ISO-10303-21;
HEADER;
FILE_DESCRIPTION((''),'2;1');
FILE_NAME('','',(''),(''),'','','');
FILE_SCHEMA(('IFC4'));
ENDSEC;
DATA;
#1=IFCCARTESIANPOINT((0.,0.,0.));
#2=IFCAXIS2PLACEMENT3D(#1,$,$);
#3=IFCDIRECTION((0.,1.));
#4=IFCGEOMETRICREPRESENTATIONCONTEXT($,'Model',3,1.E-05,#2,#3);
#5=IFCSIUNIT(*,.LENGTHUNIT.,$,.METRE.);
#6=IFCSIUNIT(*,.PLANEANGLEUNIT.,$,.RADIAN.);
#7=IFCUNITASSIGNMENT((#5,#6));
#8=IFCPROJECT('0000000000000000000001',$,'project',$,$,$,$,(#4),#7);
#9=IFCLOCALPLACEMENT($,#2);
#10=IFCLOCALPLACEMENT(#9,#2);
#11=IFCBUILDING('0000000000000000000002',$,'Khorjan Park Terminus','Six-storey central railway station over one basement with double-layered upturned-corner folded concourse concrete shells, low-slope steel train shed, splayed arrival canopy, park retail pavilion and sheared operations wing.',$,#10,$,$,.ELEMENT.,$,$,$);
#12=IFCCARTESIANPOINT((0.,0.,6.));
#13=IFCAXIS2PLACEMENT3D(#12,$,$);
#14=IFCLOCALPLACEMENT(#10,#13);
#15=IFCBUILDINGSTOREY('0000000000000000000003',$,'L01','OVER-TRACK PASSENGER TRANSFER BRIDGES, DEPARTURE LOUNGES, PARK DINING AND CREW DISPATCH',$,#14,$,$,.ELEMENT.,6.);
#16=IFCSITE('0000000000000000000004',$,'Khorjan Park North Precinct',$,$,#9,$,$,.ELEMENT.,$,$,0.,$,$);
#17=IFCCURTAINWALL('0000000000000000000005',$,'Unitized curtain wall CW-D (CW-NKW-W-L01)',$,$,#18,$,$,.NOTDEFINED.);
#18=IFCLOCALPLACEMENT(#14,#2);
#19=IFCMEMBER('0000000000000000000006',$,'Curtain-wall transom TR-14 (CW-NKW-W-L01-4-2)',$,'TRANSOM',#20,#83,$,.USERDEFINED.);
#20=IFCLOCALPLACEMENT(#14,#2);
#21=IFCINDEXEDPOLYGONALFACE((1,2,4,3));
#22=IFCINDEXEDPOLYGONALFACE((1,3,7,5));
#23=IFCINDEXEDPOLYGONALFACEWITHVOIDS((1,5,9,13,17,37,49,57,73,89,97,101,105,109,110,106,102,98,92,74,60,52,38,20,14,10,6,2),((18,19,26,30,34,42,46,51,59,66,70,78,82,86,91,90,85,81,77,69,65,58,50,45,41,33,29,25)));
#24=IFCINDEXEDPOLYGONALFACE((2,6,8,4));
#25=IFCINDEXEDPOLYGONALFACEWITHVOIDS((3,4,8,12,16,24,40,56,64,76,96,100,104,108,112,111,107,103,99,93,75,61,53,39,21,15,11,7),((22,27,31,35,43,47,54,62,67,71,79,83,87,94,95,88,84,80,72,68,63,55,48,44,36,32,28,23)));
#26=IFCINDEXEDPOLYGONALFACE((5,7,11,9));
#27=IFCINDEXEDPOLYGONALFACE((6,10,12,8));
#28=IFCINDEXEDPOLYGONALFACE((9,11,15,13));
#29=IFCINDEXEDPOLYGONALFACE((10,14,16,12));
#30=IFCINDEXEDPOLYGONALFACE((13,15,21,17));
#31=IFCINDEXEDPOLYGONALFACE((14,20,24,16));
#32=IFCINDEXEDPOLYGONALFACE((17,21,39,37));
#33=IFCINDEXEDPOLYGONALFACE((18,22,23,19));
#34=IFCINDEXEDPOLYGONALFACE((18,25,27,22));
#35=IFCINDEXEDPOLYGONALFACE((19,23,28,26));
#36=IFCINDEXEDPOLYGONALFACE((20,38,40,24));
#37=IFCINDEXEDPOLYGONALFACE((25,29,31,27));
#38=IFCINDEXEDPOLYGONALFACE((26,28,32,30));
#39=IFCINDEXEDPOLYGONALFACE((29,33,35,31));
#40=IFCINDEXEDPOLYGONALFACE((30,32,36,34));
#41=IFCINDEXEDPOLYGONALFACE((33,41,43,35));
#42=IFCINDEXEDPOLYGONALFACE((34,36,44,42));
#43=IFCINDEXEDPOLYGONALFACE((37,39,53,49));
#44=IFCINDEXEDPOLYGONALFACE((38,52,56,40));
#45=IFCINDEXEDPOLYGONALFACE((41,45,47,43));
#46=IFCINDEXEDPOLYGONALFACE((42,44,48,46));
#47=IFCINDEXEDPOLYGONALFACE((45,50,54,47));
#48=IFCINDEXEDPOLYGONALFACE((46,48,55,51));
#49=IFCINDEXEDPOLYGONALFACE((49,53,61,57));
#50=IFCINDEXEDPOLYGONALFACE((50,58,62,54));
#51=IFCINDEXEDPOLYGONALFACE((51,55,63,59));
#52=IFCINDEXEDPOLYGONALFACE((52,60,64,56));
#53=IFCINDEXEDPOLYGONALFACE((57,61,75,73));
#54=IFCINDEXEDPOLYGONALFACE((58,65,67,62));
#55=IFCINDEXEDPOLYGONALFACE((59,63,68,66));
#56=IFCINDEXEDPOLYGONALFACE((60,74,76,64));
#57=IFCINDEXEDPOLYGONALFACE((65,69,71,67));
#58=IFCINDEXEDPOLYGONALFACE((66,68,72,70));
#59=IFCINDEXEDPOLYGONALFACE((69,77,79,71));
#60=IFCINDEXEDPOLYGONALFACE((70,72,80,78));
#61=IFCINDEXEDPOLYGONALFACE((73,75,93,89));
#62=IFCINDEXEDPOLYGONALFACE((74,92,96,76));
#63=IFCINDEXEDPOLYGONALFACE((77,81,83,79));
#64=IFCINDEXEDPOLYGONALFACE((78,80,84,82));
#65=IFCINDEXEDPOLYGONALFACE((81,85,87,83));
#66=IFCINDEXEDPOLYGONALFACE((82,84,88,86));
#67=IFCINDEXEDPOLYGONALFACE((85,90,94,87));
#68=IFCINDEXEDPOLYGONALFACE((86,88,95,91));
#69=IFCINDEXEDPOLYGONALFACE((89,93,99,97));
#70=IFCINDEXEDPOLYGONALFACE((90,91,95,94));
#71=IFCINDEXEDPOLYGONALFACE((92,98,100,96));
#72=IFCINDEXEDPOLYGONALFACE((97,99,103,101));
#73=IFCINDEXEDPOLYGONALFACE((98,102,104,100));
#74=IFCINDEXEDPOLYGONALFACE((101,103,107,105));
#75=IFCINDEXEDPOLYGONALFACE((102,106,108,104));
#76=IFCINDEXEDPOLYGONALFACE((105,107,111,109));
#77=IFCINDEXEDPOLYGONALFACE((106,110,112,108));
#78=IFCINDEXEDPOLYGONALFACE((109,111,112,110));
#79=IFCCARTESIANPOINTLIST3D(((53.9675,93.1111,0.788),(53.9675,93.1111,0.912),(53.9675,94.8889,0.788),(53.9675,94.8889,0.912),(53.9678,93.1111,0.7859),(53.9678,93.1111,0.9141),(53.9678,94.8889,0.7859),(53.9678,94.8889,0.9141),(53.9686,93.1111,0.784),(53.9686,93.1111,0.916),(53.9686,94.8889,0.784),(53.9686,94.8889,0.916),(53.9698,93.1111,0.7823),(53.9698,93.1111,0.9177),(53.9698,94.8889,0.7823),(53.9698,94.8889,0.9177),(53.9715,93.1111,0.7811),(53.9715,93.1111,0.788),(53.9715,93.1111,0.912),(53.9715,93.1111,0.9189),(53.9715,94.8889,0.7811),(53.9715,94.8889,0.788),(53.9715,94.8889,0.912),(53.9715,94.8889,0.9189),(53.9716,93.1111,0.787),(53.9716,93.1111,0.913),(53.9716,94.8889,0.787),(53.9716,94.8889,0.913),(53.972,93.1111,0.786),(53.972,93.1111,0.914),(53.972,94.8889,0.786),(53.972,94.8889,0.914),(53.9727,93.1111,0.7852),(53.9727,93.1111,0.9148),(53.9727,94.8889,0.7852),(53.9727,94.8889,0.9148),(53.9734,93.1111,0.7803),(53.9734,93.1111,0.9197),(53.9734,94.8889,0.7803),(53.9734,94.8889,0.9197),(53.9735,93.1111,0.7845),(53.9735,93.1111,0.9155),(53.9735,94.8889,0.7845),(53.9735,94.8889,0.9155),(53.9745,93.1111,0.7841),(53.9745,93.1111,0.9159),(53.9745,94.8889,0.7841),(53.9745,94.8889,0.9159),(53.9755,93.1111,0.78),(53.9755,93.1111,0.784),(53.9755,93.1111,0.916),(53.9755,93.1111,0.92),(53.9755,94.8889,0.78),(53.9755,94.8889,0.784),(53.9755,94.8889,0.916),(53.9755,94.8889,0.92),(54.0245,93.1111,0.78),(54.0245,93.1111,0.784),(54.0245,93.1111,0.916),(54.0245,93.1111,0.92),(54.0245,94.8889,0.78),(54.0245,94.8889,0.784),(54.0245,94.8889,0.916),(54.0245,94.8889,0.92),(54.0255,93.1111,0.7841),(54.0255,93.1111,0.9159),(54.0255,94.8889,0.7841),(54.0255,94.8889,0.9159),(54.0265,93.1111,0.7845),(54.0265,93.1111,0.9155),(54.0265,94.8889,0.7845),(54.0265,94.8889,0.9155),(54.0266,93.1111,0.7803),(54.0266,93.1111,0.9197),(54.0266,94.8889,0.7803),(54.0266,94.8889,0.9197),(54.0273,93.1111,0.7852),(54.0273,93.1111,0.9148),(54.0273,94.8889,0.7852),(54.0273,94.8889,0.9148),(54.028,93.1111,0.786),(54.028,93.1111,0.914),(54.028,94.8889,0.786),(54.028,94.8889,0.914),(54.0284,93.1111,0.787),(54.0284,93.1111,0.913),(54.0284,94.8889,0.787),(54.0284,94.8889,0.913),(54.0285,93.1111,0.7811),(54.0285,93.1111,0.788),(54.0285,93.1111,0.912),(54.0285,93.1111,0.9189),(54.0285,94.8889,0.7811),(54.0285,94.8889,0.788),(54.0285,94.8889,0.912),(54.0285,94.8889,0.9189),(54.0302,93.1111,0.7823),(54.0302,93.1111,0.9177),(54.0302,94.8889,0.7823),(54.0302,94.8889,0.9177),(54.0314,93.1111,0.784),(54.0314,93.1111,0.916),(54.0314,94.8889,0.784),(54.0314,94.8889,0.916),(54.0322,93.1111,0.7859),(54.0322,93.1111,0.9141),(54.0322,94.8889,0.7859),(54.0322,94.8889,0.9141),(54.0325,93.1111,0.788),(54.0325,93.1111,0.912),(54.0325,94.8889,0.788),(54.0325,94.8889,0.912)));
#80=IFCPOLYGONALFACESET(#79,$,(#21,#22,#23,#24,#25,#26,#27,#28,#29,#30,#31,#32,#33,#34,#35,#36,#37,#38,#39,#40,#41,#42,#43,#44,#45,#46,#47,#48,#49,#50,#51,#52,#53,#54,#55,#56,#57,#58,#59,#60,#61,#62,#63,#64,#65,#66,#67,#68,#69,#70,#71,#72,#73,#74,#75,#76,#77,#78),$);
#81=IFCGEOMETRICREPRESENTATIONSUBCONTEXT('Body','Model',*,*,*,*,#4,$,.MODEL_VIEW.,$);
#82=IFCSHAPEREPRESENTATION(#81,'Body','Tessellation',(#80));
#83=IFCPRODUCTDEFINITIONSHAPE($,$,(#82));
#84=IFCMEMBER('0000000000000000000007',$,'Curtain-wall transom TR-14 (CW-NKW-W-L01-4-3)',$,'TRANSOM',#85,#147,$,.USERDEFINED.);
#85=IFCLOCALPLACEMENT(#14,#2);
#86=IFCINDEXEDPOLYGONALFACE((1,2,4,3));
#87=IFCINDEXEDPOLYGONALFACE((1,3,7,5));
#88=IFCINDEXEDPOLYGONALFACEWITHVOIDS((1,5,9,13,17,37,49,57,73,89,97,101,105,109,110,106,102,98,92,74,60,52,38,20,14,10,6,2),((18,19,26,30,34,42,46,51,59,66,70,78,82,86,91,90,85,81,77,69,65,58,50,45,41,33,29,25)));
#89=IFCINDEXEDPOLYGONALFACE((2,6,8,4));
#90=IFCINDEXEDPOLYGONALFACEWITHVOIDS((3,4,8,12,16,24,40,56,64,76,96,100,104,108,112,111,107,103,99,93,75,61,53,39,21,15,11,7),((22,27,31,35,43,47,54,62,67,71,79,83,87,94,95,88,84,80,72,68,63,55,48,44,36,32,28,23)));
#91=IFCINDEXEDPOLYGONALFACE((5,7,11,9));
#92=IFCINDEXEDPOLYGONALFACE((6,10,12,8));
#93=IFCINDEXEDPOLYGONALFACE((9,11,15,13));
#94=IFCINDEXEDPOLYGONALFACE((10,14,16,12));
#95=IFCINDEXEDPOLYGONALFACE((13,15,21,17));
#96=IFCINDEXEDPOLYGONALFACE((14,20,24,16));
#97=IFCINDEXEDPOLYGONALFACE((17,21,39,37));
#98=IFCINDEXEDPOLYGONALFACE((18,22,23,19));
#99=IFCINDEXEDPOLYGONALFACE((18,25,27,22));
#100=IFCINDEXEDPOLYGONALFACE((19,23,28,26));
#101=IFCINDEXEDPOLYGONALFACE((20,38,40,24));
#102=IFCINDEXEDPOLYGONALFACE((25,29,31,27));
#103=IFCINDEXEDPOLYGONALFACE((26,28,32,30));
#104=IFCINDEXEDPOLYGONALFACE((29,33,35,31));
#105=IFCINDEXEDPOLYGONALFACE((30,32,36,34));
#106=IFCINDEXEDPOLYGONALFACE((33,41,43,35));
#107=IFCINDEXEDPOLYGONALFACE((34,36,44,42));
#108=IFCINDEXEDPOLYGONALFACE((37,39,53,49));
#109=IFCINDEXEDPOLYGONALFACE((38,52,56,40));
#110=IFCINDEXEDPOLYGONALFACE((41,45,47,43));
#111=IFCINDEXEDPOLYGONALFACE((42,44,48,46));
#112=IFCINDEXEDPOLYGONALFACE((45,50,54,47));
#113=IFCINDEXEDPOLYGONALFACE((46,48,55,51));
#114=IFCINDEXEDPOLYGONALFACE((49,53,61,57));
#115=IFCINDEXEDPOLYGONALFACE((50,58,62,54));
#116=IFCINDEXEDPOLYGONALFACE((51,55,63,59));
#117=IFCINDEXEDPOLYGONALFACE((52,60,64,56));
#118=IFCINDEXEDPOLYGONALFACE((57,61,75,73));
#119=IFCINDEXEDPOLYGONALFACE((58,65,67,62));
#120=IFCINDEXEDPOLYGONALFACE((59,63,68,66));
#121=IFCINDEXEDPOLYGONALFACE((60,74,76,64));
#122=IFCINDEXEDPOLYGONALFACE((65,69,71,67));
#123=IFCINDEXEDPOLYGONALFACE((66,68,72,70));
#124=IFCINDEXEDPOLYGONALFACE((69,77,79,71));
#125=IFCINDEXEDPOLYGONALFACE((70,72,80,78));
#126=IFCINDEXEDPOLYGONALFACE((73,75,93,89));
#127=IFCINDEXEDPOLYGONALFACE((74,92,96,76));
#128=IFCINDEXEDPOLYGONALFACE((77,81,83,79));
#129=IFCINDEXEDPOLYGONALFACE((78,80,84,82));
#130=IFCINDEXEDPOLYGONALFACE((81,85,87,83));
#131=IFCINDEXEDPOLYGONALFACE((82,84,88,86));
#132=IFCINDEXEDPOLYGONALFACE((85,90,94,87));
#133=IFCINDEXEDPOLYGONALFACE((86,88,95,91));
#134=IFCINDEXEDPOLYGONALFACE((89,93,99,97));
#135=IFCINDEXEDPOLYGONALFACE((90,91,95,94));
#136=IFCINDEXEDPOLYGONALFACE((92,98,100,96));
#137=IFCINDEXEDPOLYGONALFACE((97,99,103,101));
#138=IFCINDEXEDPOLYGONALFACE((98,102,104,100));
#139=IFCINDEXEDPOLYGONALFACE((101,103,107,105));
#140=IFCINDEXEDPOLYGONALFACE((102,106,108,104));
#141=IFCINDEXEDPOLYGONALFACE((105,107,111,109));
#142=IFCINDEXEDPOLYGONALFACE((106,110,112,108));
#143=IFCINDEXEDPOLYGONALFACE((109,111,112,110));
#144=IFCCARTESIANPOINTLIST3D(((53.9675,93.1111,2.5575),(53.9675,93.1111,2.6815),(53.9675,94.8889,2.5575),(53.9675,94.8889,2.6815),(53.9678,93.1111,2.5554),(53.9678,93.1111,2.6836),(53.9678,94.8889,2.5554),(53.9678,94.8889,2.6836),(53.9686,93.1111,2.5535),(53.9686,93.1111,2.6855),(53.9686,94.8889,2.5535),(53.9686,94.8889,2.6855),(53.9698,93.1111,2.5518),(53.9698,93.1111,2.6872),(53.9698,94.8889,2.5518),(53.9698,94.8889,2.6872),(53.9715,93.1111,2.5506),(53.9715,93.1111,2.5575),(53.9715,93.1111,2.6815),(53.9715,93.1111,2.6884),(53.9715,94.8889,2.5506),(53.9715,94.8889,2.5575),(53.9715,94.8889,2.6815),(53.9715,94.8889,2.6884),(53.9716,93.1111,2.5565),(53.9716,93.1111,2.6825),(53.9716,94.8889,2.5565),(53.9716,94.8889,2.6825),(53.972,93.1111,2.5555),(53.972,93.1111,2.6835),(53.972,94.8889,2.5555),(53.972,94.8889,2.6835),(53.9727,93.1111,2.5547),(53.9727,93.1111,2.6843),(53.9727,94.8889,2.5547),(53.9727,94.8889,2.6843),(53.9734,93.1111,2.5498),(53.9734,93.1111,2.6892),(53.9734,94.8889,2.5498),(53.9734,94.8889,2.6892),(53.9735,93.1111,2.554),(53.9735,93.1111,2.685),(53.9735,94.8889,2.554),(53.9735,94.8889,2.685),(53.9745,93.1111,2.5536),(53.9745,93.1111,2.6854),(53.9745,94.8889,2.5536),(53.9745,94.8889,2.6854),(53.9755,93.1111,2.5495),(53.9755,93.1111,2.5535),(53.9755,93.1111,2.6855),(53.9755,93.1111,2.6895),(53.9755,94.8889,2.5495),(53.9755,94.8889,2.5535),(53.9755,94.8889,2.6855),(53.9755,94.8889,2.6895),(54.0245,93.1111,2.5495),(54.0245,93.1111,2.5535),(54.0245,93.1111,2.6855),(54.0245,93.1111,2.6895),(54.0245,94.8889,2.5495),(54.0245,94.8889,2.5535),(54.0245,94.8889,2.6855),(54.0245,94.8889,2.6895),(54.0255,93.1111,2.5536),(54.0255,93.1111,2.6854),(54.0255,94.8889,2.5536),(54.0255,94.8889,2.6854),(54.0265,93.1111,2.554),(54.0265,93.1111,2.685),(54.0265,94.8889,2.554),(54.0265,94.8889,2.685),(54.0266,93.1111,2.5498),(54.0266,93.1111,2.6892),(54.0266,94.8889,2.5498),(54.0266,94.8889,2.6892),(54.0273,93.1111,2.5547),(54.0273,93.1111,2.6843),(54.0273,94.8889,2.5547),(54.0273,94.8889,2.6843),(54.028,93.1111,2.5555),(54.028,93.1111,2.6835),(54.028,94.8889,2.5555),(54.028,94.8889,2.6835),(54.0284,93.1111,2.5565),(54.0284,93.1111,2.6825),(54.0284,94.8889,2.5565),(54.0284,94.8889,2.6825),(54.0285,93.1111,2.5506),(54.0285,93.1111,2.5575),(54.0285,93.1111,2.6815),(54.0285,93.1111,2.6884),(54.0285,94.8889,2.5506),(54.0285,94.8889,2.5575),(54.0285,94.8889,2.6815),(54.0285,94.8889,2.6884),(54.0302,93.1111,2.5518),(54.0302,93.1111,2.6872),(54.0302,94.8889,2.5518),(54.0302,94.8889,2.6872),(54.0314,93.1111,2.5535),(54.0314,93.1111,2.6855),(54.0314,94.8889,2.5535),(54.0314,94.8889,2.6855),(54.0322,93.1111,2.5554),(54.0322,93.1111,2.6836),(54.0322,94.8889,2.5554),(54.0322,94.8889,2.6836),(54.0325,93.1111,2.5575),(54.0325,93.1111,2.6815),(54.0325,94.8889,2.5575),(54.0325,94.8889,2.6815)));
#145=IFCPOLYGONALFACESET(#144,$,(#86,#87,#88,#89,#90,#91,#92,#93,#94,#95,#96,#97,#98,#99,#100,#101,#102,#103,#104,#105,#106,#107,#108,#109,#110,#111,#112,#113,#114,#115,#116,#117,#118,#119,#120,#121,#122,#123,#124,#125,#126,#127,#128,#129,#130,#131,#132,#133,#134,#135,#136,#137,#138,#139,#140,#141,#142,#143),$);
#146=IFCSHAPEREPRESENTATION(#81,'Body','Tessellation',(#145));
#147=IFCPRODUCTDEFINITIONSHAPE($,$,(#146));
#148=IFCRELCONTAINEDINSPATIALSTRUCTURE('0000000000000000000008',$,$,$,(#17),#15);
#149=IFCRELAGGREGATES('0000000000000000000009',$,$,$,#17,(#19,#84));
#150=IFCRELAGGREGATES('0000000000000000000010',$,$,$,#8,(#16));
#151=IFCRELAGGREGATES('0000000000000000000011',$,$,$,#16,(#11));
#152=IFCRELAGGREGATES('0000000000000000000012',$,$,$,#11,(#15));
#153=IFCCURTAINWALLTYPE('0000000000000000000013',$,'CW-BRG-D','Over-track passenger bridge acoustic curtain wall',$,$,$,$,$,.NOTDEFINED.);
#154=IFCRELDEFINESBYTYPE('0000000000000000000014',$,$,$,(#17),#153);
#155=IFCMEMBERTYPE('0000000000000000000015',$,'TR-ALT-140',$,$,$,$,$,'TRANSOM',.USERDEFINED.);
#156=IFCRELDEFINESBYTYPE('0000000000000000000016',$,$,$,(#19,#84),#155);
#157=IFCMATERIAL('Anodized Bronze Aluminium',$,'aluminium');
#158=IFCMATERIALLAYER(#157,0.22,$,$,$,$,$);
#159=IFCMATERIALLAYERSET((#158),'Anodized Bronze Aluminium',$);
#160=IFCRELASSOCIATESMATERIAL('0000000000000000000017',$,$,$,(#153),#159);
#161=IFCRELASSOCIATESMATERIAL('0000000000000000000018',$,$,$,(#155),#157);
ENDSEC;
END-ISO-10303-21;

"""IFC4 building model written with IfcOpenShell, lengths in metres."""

from ifc_helpers import new_model, si_unit, direction, frame, origin, origin_2d, place, context, subcontext, project, spatial, hollow_rectangle, extrude, material, layer, layer_set, material_profile, profile_set, type_object, element, aggregate, save


model = new_model("IFC4")

# Units and contexts
model_context = context("Model", 3, precision=1e-05, world=origin(), true_north=direction((0.0, 1.0)))
body_context = subcontext(model_context, "Body", "Model", "MODEL_VIEW")
ifc_project = project(units=[si_unit("LENGTHUNIT", "METRE"), si_unit("PLANEANGLEUNIT", "RADIAN")], contexts=[model_context])

# Site, building, storey
site_placement = place(None, origin())
site = spatial("IfcSite", under=ifc_project, at=site_placement, Name="Khorjan Park North Precinct", CompositionType="ELEMENT", RefElevation=0.0)
building_placement = place(site_placement, origin())
building = spatial("IfcBuilding", under=site, at=building_placement, Name="Khorjan Park Terminus", Description="Six-storey central railway station over one basement with double-layered upturned-corner folded concourse concrete shells, low-slope steel train shed, splayed arrival canopy, park retail pavilion and sheared operations wing.", CompositionType="ELEMENT")
storey_placement = place(building_placement, frame((0.0, 0.0, 6.0)))
storey = spatial("IfcBuildingStorey", under=building, at=storey_placement, Name="L01", Description="OVER-TRACK PASSENGER TRANSFER BRIDGES, DEPARTURE LOUNGES, PARK DINING AND CREW DISPATCH", CompositionType="ELEMENT", Elevation=6.0)

# Curtain wall, members
ifc_material_1 = material(Name="Anodized Bronze Aluminium", Category="aluminium")
ifc_layer_1 = layer(ifc_material_1, 0.22)
ifc_layer_set_1 = layer_set([ifc_layer_1], Name="Anodized Bronze Aluminium")
curtain_wall_type = type_object("IfcCurtainWallType", Name="CW-BRG-D", Description="Over-track passenger bridge acoustic curtain wall", PredefinedType="NOTDEFINED", material=ifc_layer_set_1)
curtain_wall_placement = place(storey_placement, origin())
curtain_wall = element("IfcCurtainWall", 1, at=curtain_wall_placement, inside=storey, type_object=curtain_wall_type, Name="Unitized curtain wall CW-D (CW-NKW-W-L01)", PredefinedType="NOTDEFINED")
ifc_material_profile_1 = material_profile(ifc_material_1, hollow_rectangle(XDim=0.065, YDim=0.14, WallThickness=0.004, InnerFilletRadius=0.004, OuterFilletRadius=0.008, at=origin_2d()), Name="ALT 65x140x4")
ifc_profile_set_1 = profile_set([ifc_material_profile_1], Name="Anodized Bronze Aluminium")
member_type_1 = type_object("IfcMemberType", Name="TR-ALT-140", ElementType="TRANSOM", PredefinedType="USERDEFINED", material=ifc_profile_set_1)
member_1_placement = place(storey_placement, frame((54.0, 94.8889, 0.85), z_axis=(0.0, -1.0, 0.0), x_axis=(1.0, 0.0, 0.0)))
member_1 = element("IfcMember", 2, at=member_1_placement, type_object=member_type_1, Name="Curtain-wall transom TR-14 (CW-NKW-W-L01-4-2)", ObjectType="TRANSOM", PredefinedType="USERDEFINED", context=body_context, shape_type="SweptSolid", body=[
    extrude(hollow_rectangle(XDim=0.065, YDim=0.14, WallThickness=0.004, InnerFilletRadius=0.004, OuterFilletRadius=0.008, at=origin_2d()), origin(), (0.0, 0.0, 1.0), 1.7778),
])
member_2_placement = place(storey_placement, frame((54.0, 94.8889, 2.6195), z_axis=(0.0, -1.0, 0.0), x_axis=(1.0, 0.0, 0.0)))
member_2 = element("IfcMember", 3, at=member_2_placement, type_object=member_type_1, Name="Curtain-wall transom TR-14 (CW-NKW-W-L01-4-3)", ObjectType="TRANSOM", PredefinedType="USERDEFINED", context=body_context, shape_type="SweptSolid", body=[
    extrude(hollow_rectangle(XDim=0.065, YDim=0.14, WallThickness=0.004, InnerFilletRadius=0.004, OuterFilletRadius=0.008, at=origin_2d()), origin(), (0.0, 0.0, 1.0), 1.7778),
])
aggregate(curtain_wall, [member_1, member_2])

save(model, "model.ifc")
